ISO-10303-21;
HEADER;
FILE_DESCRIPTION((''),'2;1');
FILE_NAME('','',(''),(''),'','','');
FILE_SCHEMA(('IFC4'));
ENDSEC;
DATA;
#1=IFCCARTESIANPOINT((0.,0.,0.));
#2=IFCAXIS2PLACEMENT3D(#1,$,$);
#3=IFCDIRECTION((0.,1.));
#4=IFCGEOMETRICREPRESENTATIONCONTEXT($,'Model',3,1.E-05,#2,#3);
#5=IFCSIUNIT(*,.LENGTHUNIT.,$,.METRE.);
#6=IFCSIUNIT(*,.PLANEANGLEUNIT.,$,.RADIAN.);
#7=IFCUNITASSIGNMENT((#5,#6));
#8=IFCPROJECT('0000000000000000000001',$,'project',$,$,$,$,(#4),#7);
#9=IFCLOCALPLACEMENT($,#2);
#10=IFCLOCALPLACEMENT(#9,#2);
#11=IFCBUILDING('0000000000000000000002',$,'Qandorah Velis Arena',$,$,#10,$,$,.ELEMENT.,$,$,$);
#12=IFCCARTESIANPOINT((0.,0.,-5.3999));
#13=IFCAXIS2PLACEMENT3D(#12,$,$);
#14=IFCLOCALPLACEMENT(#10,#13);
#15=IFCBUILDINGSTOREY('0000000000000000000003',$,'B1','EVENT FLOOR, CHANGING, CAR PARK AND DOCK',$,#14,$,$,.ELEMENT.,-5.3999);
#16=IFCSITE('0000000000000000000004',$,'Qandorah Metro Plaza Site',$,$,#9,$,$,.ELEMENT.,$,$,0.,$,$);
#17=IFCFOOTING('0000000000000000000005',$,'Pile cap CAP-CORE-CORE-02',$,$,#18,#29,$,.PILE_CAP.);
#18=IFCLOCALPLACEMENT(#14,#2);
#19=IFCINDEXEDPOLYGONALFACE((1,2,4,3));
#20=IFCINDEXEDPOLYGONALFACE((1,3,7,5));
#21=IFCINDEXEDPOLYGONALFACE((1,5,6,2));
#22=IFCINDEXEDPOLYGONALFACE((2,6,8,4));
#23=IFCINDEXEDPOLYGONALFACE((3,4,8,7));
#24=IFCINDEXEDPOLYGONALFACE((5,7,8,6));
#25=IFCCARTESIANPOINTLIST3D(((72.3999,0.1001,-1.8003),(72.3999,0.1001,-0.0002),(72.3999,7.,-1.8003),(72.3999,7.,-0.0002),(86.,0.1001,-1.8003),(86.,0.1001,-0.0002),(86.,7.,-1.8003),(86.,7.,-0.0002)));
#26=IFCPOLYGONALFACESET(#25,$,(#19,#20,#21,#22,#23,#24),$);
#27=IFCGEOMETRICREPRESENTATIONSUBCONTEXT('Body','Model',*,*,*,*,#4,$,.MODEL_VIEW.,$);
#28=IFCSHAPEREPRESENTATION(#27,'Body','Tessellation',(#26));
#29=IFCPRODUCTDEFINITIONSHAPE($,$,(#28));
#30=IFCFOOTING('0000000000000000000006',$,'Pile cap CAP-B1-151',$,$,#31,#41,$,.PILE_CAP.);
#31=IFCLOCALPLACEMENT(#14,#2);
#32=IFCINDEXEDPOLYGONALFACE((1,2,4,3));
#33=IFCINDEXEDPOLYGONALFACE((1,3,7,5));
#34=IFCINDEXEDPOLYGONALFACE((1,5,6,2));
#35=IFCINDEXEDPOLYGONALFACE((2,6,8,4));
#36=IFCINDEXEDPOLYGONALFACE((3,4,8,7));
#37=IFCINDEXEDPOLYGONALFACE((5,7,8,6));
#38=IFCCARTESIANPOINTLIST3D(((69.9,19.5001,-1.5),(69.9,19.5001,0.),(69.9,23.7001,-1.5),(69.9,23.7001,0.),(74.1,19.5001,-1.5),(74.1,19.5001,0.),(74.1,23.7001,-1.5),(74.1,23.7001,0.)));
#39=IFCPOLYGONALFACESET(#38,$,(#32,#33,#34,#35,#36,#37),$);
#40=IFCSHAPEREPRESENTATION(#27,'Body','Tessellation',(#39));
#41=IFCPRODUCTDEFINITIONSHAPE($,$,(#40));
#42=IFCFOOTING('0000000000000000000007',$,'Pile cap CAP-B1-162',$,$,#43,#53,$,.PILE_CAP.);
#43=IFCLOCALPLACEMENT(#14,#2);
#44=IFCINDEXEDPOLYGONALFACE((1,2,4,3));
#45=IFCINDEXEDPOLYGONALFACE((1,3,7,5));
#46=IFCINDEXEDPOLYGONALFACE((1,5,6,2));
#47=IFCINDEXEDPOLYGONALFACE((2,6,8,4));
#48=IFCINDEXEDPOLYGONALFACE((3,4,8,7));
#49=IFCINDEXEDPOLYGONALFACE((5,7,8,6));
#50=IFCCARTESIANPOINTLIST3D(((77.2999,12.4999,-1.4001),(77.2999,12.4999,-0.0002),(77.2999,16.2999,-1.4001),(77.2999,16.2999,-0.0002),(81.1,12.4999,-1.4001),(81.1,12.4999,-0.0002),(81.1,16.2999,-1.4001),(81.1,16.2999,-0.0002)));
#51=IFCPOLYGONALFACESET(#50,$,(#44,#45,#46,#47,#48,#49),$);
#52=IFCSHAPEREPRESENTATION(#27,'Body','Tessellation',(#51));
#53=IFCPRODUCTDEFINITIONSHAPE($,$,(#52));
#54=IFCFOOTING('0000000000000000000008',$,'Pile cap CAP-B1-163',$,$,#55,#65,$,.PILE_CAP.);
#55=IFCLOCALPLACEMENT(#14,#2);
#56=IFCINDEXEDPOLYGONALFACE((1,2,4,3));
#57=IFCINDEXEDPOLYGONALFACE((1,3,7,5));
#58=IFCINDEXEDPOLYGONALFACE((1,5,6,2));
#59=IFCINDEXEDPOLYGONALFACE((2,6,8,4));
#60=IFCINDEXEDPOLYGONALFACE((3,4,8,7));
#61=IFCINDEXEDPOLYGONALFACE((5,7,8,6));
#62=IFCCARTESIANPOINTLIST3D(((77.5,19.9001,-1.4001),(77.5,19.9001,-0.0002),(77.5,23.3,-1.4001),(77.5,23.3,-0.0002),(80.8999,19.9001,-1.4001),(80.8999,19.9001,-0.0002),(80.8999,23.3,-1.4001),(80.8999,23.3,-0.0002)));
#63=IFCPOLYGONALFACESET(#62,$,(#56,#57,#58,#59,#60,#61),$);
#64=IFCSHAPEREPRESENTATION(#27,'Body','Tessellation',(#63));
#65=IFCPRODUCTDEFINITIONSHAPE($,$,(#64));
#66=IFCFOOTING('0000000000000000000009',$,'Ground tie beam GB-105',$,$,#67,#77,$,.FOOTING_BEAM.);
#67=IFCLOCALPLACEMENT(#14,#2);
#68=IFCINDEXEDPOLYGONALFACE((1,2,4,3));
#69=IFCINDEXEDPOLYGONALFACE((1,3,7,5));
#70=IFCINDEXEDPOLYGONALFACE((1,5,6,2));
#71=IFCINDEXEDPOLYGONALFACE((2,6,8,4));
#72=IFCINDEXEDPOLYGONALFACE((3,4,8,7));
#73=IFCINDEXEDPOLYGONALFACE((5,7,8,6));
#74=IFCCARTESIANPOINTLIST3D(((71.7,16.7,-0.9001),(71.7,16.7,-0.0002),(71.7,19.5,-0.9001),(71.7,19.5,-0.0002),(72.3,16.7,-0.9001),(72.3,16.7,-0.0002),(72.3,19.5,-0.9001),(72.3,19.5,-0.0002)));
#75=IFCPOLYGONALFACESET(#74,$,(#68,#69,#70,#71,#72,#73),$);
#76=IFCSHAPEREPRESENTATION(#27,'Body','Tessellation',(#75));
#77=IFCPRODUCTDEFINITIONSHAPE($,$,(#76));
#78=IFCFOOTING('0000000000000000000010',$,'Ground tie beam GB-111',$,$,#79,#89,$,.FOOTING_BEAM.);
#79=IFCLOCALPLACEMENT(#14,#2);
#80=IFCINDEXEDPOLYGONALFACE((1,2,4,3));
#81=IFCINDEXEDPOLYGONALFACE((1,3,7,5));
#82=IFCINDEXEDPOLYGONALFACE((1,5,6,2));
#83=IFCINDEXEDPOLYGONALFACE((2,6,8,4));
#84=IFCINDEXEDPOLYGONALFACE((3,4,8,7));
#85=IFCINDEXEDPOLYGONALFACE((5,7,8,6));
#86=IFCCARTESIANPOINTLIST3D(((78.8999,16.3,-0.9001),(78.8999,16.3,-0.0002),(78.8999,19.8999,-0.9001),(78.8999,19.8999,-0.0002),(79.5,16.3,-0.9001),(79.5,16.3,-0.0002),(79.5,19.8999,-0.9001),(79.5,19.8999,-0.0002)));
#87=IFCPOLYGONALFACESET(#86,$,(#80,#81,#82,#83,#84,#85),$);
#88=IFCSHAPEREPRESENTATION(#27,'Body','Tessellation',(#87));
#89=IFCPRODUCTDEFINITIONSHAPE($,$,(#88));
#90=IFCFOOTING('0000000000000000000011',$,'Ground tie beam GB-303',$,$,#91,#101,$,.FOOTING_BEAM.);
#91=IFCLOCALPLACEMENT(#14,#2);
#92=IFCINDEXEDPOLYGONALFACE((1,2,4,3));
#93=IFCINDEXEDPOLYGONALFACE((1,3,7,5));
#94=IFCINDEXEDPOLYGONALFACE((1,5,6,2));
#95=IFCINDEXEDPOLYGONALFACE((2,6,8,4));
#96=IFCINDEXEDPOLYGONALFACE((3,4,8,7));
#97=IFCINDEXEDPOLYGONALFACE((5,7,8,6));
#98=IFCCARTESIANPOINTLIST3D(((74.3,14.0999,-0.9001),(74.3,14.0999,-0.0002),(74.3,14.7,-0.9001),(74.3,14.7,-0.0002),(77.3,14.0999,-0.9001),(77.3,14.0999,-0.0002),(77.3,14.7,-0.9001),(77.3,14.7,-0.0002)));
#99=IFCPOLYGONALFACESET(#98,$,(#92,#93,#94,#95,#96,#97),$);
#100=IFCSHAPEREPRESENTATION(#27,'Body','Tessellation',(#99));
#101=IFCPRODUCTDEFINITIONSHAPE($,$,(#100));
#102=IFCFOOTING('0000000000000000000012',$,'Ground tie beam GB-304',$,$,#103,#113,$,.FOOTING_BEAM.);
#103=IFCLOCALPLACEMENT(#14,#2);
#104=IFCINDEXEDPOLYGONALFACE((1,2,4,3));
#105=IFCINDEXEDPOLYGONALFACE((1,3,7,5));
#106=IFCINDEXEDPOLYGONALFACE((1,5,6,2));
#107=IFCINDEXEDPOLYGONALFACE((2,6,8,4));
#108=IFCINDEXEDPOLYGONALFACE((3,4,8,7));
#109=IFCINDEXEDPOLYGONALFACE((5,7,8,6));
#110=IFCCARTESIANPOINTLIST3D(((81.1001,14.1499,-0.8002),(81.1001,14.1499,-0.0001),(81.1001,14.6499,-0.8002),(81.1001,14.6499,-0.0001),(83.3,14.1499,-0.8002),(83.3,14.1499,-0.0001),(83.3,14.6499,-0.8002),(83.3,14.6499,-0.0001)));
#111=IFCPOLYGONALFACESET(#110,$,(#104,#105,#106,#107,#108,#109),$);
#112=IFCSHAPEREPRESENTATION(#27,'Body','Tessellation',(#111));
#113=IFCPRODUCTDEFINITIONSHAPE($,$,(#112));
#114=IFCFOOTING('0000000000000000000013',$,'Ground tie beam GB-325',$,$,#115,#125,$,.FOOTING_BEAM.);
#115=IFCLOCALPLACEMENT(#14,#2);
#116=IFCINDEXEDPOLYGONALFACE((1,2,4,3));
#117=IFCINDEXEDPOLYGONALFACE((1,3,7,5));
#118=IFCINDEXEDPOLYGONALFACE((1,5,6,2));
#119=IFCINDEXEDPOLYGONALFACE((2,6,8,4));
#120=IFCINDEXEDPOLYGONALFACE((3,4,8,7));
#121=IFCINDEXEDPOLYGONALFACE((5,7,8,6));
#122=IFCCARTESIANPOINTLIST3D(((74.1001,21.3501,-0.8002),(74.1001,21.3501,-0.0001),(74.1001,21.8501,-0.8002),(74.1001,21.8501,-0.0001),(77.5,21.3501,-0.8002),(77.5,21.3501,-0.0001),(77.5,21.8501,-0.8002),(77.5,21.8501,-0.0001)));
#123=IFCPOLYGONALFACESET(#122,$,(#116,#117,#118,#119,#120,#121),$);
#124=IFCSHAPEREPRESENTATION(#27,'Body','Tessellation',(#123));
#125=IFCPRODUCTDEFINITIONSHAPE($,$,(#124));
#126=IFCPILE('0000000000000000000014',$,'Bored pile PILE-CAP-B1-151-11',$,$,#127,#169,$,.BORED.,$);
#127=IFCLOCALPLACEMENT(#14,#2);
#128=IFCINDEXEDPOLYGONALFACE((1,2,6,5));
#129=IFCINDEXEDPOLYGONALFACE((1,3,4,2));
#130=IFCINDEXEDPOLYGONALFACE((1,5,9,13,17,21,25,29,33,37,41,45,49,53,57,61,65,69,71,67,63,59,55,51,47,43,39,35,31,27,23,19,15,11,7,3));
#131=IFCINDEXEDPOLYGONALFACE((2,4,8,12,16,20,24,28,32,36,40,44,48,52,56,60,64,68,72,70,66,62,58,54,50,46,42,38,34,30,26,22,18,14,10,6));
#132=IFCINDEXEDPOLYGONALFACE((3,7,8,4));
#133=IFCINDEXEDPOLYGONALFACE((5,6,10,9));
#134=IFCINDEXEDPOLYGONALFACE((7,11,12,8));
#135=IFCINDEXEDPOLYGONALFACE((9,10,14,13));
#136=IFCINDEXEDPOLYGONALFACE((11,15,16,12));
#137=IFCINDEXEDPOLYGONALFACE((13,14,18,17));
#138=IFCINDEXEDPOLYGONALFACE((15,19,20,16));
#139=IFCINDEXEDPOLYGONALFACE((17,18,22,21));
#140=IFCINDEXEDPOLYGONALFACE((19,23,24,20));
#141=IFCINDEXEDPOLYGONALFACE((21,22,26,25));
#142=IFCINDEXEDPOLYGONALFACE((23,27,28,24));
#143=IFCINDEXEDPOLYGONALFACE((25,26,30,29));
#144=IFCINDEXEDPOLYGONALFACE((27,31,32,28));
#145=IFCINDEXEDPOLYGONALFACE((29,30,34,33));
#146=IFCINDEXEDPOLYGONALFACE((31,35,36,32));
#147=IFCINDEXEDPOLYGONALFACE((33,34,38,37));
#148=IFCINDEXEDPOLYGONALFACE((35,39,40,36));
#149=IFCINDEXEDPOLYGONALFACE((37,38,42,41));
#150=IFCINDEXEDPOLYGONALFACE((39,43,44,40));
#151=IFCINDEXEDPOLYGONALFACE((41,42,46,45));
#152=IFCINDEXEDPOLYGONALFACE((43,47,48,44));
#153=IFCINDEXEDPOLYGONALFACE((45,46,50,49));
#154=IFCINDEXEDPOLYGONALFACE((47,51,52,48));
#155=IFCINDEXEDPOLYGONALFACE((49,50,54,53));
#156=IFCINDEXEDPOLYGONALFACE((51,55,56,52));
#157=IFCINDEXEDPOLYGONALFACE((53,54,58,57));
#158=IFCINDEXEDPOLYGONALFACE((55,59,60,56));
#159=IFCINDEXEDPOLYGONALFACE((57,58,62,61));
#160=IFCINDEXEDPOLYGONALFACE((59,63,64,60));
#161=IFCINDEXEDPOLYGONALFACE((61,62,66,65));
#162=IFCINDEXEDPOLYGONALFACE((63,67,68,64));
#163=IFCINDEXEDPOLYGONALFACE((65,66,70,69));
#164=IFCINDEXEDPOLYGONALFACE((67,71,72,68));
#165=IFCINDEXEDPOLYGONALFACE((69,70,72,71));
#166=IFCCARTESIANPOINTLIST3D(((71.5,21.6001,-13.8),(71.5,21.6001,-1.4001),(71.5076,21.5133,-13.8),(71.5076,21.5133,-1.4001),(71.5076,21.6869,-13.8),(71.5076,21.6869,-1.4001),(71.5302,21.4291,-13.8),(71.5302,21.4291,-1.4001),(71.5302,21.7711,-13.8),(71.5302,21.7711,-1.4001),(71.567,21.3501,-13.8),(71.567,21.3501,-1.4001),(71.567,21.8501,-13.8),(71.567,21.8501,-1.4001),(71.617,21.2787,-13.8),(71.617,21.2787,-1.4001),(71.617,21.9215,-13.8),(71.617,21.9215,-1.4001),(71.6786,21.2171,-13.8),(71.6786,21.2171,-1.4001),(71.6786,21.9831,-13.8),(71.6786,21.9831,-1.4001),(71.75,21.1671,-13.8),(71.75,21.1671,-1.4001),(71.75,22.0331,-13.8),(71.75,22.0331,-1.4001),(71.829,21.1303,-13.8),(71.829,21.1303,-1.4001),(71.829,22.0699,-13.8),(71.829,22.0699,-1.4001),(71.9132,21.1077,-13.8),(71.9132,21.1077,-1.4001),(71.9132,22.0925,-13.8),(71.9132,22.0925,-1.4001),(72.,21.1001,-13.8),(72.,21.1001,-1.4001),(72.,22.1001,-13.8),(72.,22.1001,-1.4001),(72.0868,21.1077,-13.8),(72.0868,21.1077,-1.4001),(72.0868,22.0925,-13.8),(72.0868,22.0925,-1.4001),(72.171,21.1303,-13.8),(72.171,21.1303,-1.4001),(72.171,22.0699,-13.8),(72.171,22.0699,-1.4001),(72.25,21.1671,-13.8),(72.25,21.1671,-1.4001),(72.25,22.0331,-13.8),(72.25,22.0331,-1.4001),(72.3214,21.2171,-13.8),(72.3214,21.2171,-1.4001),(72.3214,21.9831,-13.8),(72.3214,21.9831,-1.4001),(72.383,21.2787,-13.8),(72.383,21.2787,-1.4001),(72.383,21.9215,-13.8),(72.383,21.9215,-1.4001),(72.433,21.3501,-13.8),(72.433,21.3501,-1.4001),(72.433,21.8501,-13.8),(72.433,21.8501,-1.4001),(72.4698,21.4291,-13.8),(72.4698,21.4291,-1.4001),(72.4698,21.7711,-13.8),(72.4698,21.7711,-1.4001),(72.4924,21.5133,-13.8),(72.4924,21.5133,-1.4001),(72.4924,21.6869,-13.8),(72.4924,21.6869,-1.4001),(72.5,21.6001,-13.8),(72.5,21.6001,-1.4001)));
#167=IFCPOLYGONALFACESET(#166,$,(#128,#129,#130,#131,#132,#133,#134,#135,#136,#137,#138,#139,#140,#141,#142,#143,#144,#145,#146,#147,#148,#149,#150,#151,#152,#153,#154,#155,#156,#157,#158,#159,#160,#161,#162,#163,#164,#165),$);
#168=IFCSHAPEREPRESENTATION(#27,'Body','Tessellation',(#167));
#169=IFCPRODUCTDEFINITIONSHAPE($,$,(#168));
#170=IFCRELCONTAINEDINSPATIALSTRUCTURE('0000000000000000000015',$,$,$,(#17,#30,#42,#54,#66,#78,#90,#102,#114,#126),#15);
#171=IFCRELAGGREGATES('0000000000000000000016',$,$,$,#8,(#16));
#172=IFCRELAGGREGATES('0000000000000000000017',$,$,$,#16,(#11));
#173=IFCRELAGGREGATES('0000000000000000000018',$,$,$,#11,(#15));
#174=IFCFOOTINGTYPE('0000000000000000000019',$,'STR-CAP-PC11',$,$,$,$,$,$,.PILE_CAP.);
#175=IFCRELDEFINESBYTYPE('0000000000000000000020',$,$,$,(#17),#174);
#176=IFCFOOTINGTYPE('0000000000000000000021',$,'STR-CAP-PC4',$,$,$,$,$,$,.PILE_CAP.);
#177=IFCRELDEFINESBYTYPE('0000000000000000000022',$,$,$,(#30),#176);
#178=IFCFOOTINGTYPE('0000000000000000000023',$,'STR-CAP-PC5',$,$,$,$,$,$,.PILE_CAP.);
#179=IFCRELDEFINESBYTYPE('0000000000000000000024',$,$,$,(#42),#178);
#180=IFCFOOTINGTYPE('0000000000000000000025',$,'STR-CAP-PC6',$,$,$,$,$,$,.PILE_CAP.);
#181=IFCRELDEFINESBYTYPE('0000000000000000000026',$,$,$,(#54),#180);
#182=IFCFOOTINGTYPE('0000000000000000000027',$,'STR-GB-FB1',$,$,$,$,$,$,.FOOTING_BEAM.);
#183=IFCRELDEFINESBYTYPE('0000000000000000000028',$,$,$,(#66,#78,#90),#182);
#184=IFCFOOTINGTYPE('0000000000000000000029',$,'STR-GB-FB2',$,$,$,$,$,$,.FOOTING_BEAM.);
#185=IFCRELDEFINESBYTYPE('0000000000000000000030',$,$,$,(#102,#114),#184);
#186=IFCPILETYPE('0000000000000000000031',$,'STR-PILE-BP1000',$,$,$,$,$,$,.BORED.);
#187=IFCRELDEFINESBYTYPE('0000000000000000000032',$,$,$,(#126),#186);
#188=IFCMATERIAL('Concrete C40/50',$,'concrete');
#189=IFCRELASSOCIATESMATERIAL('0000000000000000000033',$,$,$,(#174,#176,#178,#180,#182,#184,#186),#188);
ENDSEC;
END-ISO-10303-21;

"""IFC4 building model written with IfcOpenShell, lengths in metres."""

from ifc_helpers import new_model, si_unit, direction, frame, origin, origin_2d, place, context, subcontext, project, spatial, rectangle, circle, extrude, material, material_profile, profile_set, type_object, element, save


model = new_model("IFC4")

# Units and contexts
model_context = context("Model", 3, precision=1e-05, world=origin(), true_north=direction((0.0, 1.0)))
body_context = subcontext(model_context, "Body", "Model", "MODEL_VIEW")
ifc_project = project(units=[si_unit("LENGTHUNIT", "METRE"), si_unit("PLANEANGLEUNIT", "RADIAN")], contexts=[model_context])

# Site, building, storey
site_placement = place(None, origin())
site = spatial("IfcSite", under=ifc_project, at=site_placement, Name="Qandorah Metro Plaza Site", CompositionType="ELEMENT", RefElevation=0.0)
building_placement = place(site_placement, origin())
building = spatial("IfcBuilding", under=site, at=building_placement, Name="Qandorah Velis Arena", CompositionType="ELEMENT")
storey_placement = place(building_placement, frame((0.0, 0.0, -5.3999)))
storey = spatial("IfcBuildingStorey", under=building, at=storey_placement, Name="B1", Description="EVENT FLOOR, CHANGING, CAR PARK AND DOCK", CompositionType="ELEMENT", Elevation=-5.3999)

# Footings
ifc_material_1 = material(Name="Concrete C40/50", Category="concrete")
footing_type_1 = type_object("IfcFootingType", Name="STR-CAP-PC11", PredefinedType="PILE_CAP", material=ifc_material_1)
footing_1_placement = place(storey_placement, frame((79.2, 3.55, -1.8003), z_axis=(0.0, 0.0, 1.0), x_axis=(1.0, 0.0, 0.0)))
element("IfcFooting", 1, at=footing_1_placement, inside=storey, type_object=footing_type_1, Name="Pile cap CAP-CORE-CORE-02", PredefinedType="PILE_CAP", context=body_context, shape_type="SweptSolid", body=[
    extrude(rectangle(XDim=13.6001, YDim=6.8999, at=origin_2d()), origin(), (0.0, 0.0, 1.0), 1.8),
])
footing_type_2 = type_object("IfcFootingType", Name="STR-CAP-PC4", PredefinedType="PILE_CAP", material=ifc_material_1)
footing_2_placement = place(storey_placement, frame((72.0, 21.6001, -1.5), z_axis=(0.0, 0.0, 1.0), x_axis=(1.0, 0.0, 0.0)))
element("IfcFooting", 2, at=footing_2_placement, inside=storey, type_object=footing_type_2, Name="Pile cap CAP-B1-151", PredefinedType="PILE_CAP", context=body_context, shape_type="SweptSolid", body=[
    extrude(rectangle(XDim=4.2, YDim=4.2, at=origin_2d()), origin(), (0.0, 0.0, 1.0), 1.5),
])
footing_type_3 = type_object("IfcFootingType", Name="STR-CAP-PC5", PredefinedType="PILE_CAP", material=ifc_material_1)
footing_3_placement = place(storey_placement, frame((79.2, 14.3999, -1.4001), z_axis=(0.0, 0.0, 1.0), x_axis=(1.0, 0.0, 0.0)))
element("IfcFooting", 3, at=footing_3_placement, inside=storey, type_object=footing_type_3, Name="Pile cap CAP-B1-162", PredefinedType="PILE_CAP", context=body_context, shape_type="SweptSolid", body=[
    extrude(rectangle(XDim=3.8, YDim=3.8, at=origin_2d()), origin(), (0.0, 0.0, 1.0), 1.3999),
])
footing_type_4 = type_object("IfcFootingType", Name="STR-CAP-PC6", PredefinedType="PILE_CAP", material=ifc_material_1)
footing_4_placement = place(storey_placement, frame((79.2, 21.6001, -1.4001), z_axis=(0.0, 0.0, 1.0), x_axis=(1.0, 0.0, 0.0)))
element("IfcFooting", 4, at=footing_4_placement, inside=storey, type_object=footing_type_4, Name="Pile cap CAP-B1-163", PredefinedType="PILE_CAP", context=body_context, shape_type="SweptSolid", body=[
    extrude(rectangle(XDim=3.3999, YDim=3.3999, at=origin_2d()), origin(), (0.0, 0.0, 1.0), 1.3999),
])
ifc_material_profile_1 = material_profile(ifc_material_1, rectangle(XDim=0.6001, YDim=0.8999, at=origin_2d()), Name="GB1 600x900")
ifc_profile_set_1 = profile_set([ifc_material_profile_1], Name="Concrete C40/50")
footing_type_5 = type_object("IfcFootingType", Name="STR-GB-FB1", PredefinedType="FOOTING_BEAM", material=ifc_profile_set_1)
footing_5_placement = place(storey_placement, frame((72.0, 16.7, -0.4502), z_axis=(0.0, 1.0, 0.0), x_axis=(-1.0, 0.0, 0.0)))
element("IfcFooting", 5, at=footing_5_placement, inside=storey, type_object=footing_type_5, Name="Ground tie beam GB-105", PredefinedType="FOOTING_BEAM", context=body_context, shape_type="SweptSolid", body=[
    extrude(rectangle(XDim=0.6001, YDim=0.8999, at=origin_2d()), origin(), (0.0, 0.0, 1.0), 2.8),
])
footing_6_placement = place(storey_placement, frame((79.2, 16.3, -0.4502), z_axis=(0.0, 1.0, 0.0), x_axis=(-1.0, 0.0, 0.0)))
element("IfcFooting", 6, at=footing_6_placement, inside=storey, type_object=footing_type_5, Name="Ground tie beam GB-111", PredefinedType="FOOTING_BEAM", context=body_context, shape_type="SweptSolid", body=[
    extrude(rectangle(XDim=0.6001, YDim=0.8999, at=origin_2d()), origin(), (0.0, 0.0, 1.0), 3.5999),
])
footing_7_placement = place(storey_placement, frame((74.3, 14.3999, -0.4502), z_axis=(1.0, 0.0, 0.0), x_axis=(0.0, 1.0, 0.0)))
element("IfcFooting", 7, at=footing_7_placement, inside=storey, type_object=footing_type_5, Name="Ground tie beam GB-303", PredefinedType="FOOTING_BEAM", context=body_context, shape_type="SweptSolid", body=[
    extrude(rectangle(XDim=0.6001, YDim=0.8999, at=origin_2d()), origin(), (0.0, 0.0, 1.0), 3.0),
])
ifc_material_profile_2 = material_profile(ifc_material_1, rectangle(XDim=0.5, YDim=0.8, at=origin_2d()), Name="GB2 500x800")
ifc_profile_set_2 = profile_set([ifc_material_profile_2], Name="Concrete C40/50")
footing_type_6 = type_object("IfcFootingType", Name="STR-GB-FB2", PredefinedType="FOOTING_BEAM", material=ifc_profile_set_2)
footing_8_placement = place(storey_placement, frame((81.1001, 14.3999, -0.4001), z_axis=(1.0, 0.0, 0.0), x_axis=(0.0, 1.0, 0.0)))
element("IfcFooting", 8, at=footing_8_placement, inside=storey, type_object=footing_type_6, Name="Ground tie beam GB-304", PredefinedType="FOOTING_BEAM", context=body_context, shape_type="SweptSolid", body=[
    extrude(rectangle(XDim=0.5, YDim=0.8, at=origin_2d()), origin(), (0.0, 0.0, 1.0), 2.2),
])
footing_9_placement = place(storey_placement, frame((74.1001, 21.6001, -0.4001), z_axis=(1.0, 0.0, 0.0), x_axis=(0.0, 1.0, 0.0)))
element("IfcFooting", 9, at=footing_9_placement, inside=storey, type_object=footing_type_6, Name="Ground tie beam GB-325", PredefinedType="FOOTING_BEAM", context=body_context, shape_type="SweptSolid", body=[
    extrude(rectangle(XDim=0.5, YDim=0.8, at=origin_2d()), origin(), (0.0, 0.0, 1.0), 3.3999),
])

# Pile
ifc_material_profile_3 = material_profile(ifc_material_1, circle(Radius=0.5, at=origin_2d()), Name="BORED PILE D1000")
ifc_profile_set_3 = profile_set([ifc_material_profile_3], Name="Concrete C40/50")
pile_type_1 = type_object("IfcPileType", Name="STR-PILE-BP1000", PredefinedType="BORED", material=ifc_profile_set_3)
pile_1_placement = place(storey_placement, frame((72.0, 21.6001, -1.4001), z_axis=(0.0, 0.0, -1.0), x_axis=(1.0, 0.0, 0.0)))
element("IfcPile", 10, at=pile_1_placement, inside=storey, type_object=pile_type_1, Name="Bored pile PILE-CAP-B1-151-11", PredefinedType="BORED", context=body_context, shape_type="SweptSolid", body=[
    extrude(circle(Radius=0.5, at=origin_2d()), origin(), (0.0, 0.0, 1.0), 12.3999),
])

save(model, "model.ifc")
